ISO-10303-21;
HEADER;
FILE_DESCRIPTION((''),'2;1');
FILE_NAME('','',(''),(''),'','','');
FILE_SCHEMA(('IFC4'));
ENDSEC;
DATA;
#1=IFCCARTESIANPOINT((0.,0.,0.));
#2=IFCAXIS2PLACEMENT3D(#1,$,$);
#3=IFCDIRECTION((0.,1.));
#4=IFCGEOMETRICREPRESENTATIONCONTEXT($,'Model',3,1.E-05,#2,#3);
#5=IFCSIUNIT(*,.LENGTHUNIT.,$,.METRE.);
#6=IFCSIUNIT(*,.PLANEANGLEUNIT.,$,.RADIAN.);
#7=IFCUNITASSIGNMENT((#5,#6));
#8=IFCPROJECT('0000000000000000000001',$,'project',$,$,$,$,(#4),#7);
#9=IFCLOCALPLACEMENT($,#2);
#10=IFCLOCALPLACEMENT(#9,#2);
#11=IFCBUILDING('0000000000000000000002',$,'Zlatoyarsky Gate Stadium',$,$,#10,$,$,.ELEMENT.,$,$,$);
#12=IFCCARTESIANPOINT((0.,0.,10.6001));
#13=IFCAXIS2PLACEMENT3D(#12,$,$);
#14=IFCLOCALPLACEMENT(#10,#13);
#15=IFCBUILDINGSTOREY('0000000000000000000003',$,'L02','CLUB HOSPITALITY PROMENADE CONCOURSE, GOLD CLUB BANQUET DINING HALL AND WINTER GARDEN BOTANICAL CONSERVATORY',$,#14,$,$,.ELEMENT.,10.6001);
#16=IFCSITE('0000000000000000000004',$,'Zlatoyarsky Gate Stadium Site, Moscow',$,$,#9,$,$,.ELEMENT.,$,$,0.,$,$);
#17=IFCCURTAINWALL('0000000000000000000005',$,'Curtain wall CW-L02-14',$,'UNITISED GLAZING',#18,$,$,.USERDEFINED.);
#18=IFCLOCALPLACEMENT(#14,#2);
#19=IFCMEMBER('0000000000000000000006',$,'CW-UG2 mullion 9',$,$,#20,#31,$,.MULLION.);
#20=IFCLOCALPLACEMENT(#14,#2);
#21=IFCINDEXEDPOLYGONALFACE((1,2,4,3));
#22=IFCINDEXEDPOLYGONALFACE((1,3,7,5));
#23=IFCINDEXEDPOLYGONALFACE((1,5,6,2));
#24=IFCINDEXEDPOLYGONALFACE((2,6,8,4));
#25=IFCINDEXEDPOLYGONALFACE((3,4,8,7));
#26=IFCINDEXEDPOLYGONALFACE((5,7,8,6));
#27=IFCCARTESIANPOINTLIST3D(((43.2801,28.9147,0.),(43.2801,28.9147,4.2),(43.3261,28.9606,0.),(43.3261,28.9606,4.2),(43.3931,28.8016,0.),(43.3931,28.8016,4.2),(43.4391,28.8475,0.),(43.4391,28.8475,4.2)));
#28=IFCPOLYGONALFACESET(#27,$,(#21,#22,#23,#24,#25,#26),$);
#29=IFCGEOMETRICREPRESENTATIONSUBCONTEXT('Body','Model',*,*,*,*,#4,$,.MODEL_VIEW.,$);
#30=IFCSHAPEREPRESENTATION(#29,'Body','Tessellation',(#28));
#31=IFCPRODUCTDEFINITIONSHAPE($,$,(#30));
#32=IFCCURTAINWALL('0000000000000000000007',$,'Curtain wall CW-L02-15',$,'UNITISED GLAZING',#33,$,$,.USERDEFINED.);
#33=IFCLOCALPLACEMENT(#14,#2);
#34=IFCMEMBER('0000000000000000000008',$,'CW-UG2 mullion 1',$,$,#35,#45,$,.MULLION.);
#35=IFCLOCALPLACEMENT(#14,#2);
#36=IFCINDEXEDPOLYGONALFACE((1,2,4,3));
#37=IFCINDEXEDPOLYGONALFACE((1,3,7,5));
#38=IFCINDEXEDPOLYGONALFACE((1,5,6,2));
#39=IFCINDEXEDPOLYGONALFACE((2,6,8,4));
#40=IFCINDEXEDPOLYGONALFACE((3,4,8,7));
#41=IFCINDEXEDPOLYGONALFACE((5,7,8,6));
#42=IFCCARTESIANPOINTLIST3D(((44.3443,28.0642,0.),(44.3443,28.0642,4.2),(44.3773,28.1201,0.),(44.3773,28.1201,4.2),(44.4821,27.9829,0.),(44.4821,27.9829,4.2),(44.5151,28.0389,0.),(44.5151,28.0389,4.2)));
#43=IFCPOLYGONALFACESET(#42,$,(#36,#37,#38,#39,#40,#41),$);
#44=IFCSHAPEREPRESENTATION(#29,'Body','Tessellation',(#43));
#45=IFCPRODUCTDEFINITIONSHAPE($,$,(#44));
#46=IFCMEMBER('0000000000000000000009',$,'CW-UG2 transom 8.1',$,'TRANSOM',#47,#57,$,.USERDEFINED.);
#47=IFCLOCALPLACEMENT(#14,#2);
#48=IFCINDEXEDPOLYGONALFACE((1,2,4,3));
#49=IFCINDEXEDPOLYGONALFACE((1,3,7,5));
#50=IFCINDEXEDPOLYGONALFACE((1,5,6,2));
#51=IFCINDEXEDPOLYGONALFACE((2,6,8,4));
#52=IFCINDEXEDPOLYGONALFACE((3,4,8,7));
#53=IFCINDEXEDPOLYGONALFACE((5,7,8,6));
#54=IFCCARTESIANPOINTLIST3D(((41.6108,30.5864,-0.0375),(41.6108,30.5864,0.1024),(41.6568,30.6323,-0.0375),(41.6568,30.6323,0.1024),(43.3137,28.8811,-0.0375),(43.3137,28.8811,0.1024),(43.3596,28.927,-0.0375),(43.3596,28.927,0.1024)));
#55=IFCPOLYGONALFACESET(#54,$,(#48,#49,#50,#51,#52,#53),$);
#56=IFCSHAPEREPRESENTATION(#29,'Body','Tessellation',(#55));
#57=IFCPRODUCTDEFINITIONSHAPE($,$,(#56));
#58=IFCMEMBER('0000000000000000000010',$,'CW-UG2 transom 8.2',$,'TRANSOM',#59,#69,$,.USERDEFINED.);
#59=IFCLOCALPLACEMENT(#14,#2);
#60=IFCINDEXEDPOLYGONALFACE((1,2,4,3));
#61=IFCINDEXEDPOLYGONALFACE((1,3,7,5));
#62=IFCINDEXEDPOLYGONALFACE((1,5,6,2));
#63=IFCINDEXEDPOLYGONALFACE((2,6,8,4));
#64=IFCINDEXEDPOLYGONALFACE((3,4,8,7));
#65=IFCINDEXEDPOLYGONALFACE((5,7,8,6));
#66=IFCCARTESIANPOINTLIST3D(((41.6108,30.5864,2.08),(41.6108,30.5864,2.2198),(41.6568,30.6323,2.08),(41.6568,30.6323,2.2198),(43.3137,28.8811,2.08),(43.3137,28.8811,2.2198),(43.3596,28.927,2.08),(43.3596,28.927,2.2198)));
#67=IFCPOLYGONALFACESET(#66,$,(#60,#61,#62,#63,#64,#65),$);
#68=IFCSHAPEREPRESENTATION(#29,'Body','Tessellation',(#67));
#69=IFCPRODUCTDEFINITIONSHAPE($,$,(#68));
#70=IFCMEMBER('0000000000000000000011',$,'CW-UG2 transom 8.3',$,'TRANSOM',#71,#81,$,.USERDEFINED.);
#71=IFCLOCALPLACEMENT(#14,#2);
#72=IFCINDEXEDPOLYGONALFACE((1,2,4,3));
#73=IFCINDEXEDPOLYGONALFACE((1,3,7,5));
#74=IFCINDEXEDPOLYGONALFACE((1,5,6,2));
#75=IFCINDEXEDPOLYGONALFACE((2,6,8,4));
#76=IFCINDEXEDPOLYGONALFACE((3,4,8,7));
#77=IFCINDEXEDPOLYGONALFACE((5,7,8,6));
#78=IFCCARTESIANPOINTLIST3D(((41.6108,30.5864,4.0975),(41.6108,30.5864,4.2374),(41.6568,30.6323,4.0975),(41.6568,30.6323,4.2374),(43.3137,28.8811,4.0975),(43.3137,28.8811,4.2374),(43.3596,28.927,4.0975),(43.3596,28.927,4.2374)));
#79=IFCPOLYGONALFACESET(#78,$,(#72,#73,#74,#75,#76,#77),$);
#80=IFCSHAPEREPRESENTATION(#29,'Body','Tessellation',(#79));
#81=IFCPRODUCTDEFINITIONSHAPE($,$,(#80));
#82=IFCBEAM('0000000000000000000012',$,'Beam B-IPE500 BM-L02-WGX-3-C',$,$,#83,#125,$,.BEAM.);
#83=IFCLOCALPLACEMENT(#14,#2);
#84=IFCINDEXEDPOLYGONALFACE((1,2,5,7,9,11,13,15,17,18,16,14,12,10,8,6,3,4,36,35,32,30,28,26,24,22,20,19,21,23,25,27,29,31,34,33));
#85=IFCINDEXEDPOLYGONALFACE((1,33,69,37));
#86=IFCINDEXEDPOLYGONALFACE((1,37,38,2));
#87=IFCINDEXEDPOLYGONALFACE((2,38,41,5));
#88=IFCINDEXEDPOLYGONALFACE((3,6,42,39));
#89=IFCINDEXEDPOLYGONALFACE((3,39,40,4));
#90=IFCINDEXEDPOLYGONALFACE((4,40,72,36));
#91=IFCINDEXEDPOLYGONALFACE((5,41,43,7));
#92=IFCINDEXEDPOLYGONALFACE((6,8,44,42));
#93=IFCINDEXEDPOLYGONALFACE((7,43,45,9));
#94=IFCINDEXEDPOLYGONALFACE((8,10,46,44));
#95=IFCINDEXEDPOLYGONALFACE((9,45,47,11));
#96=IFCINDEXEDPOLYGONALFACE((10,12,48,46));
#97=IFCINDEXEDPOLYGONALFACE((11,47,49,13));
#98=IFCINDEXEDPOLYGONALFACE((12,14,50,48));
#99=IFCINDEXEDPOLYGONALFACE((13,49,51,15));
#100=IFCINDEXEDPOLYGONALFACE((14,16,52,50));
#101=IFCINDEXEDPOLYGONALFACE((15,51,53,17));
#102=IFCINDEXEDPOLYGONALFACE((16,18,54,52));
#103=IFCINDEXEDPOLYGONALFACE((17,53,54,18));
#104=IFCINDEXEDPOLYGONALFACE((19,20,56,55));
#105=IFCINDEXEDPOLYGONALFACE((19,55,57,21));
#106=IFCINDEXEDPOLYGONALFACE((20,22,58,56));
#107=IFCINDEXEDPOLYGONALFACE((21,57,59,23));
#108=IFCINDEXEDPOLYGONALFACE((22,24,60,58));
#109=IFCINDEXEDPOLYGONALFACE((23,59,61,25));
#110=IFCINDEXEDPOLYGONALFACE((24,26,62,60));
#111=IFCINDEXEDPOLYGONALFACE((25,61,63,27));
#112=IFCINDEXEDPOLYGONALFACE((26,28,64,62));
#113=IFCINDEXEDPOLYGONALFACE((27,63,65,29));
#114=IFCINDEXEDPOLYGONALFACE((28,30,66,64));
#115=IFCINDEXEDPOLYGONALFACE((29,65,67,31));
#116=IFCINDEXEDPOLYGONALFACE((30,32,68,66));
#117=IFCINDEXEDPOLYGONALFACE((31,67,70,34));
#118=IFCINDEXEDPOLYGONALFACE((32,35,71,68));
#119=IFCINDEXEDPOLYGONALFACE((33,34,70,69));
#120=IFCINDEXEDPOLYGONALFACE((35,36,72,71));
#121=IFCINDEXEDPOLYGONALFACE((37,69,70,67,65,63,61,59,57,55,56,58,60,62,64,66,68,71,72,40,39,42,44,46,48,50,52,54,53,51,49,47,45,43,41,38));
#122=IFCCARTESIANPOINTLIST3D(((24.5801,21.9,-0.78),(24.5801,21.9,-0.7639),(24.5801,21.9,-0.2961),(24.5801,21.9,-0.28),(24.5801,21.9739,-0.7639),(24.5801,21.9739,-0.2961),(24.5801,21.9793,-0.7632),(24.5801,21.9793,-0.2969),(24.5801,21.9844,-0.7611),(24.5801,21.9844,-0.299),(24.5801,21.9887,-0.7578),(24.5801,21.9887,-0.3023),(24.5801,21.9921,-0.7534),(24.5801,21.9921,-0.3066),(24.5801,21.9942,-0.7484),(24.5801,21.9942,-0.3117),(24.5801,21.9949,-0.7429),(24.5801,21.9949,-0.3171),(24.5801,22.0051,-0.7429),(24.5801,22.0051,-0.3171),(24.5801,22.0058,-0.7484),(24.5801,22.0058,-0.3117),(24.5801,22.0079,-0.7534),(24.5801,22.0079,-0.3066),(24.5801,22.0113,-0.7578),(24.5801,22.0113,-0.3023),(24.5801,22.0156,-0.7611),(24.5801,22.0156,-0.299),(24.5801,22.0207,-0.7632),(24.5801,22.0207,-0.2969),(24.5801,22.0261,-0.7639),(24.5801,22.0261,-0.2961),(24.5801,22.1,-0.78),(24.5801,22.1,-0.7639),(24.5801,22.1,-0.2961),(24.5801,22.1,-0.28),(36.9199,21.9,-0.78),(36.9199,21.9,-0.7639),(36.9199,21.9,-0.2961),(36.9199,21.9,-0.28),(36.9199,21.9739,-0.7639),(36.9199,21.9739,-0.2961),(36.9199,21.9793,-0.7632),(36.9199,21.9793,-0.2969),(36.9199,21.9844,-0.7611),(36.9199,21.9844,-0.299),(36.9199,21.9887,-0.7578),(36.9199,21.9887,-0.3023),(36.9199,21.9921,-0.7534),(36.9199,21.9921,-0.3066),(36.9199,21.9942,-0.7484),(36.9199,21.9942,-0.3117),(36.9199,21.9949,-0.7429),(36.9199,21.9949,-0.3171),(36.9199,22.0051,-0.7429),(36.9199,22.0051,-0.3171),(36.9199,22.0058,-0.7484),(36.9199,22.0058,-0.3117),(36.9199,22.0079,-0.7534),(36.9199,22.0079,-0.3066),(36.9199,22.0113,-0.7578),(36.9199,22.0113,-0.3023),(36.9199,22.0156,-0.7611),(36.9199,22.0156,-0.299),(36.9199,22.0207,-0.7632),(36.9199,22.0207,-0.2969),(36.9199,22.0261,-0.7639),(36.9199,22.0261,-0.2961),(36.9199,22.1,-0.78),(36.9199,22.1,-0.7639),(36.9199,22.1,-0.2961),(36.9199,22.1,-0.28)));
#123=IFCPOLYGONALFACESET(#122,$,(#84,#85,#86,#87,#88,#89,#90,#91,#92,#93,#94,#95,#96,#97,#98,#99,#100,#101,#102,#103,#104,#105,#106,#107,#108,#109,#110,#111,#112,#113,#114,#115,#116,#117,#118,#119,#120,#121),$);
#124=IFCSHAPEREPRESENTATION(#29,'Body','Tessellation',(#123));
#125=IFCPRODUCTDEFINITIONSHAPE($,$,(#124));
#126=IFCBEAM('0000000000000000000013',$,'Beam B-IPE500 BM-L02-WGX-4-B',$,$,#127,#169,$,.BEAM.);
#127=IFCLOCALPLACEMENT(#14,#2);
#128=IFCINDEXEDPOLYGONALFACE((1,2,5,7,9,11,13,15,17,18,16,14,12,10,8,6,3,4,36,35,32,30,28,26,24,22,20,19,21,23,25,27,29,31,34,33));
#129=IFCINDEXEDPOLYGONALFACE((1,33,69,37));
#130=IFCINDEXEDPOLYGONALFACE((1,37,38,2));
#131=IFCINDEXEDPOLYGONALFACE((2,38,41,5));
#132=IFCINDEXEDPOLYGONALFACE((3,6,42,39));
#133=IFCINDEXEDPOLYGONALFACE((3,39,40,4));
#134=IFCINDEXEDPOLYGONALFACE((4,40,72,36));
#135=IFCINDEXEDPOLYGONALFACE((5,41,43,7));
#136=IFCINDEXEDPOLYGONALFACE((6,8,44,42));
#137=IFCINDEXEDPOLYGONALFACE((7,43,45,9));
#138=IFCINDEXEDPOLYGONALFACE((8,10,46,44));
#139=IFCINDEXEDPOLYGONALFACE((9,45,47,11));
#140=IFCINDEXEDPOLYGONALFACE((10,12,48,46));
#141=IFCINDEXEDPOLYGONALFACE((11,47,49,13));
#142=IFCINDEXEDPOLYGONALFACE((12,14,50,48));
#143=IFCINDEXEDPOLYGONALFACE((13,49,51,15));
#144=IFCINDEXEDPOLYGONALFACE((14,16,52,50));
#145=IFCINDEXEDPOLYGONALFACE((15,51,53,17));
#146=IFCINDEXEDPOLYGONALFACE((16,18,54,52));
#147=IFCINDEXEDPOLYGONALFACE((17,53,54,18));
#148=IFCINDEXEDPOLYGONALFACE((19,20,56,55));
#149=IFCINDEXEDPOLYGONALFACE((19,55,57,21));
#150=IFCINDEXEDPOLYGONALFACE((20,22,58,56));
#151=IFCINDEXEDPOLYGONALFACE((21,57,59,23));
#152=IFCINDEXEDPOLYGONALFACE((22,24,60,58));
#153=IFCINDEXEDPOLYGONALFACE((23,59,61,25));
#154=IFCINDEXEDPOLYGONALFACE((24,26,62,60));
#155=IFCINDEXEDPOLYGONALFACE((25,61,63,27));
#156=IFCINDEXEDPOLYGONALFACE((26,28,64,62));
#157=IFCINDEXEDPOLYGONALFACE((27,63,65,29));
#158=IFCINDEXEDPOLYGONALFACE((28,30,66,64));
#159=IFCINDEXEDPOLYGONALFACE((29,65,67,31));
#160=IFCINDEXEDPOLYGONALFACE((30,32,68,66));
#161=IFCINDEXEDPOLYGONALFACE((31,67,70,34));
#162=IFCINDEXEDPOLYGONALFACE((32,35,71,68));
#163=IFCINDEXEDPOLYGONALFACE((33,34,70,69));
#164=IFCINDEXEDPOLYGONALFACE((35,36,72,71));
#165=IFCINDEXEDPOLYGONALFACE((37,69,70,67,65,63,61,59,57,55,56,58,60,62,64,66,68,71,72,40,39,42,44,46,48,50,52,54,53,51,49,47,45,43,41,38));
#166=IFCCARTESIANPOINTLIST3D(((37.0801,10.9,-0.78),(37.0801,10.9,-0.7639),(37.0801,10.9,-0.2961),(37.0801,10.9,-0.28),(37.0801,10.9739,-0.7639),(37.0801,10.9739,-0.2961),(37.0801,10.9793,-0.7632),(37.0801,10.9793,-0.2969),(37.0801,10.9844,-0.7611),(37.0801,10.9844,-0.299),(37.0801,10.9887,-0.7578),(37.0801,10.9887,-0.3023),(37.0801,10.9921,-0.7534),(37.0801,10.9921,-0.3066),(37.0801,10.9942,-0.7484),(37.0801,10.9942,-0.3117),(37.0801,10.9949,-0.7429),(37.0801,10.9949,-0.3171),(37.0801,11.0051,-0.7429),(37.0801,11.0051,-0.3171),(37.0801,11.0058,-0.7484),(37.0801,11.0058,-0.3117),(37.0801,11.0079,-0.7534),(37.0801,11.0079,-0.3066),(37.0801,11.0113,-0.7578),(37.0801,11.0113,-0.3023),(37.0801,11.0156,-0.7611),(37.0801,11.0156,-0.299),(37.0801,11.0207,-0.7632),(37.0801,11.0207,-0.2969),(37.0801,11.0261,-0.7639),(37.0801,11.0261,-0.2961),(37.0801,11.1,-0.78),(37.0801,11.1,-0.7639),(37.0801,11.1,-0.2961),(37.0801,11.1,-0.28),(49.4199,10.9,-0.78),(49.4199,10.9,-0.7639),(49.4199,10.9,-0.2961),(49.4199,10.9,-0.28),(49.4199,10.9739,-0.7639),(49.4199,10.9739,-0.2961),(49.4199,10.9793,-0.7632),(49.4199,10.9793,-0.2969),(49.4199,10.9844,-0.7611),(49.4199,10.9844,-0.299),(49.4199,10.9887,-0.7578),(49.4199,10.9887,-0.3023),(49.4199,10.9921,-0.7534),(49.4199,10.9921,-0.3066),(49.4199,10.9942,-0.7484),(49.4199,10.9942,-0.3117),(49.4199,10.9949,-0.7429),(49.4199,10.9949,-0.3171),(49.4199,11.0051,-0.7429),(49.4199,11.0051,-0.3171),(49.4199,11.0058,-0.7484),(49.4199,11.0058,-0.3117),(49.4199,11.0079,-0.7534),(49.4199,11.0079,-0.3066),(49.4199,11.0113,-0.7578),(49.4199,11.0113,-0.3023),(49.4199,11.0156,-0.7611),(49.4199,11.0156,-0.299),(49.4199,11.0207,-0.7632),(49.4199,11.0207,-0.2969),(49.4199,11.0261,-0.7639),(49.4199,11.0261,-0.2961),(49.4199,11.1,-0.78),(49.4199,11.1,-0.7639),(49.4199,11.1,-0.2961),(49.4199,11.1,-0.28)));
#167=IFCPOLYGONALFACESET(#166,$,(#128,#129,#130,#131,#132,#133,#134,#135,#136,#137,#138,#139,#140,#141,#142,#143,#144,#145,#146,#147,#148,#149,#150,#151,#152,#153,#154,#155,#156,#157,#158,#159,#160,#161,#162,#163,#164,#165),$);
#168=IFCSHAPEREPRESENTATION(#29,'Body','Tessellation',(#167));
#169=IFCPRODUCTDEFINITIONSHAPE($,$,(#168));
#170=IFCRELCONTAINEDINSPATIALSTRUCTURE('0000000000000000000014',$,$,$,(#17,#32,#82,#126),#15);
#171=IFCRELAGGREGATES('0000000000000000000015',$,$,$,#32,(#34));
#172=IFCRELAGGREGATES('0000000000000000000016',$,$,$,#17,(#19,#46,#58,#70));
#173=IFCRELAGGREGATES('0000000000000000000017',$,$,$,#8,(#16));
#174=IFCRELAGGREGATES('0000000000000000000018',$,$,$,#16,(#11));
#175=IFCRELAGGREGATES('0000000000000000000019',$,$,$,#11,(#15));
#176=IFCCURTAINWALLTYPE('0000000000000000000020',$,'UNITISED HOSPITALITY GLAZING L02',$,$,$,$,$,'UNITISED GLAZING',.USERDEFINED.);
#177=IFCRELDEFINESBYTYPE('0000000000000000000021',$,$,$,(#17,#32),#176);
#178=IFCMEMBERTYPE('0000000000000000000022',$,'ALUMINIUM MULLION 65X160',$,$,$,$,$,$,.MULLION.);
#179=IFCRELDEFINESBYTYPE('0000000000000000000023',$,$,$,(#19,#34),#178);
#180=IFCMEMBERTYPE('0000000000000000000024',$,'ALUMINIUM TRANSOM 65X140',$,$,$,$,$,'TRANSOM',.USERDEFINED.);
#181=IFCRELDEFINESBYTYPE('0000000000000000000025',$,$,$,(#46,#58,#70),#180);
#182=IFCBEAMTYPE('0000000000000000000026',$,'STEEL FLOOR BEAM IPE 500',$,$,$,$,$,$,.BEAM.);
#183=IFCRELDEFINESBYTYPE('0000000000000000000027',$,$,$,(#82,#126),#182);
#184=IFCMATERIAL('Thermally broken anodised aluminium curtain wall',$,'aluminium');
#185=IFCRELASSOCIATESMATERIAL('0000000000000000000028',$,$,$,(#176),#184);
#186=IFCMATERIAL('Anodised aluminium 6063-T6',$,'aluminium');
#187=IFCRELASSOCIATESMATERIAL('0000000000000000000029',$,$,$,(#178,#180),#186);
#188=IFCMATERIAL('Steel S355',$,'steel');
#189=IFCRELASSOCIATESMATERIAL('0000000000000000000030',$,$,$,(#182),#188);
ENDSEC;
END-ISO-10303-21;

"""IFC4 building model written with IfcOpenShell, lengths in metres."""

from ifc_helpers import new_model, si_unit, direction, frame, origin, origin_2d, place, context, subcontext, project, spatial, rectangle, i_section, extrude, material, material_profile, profile_set, type_object, element, aggregate, save


model = new_model("IFC4")

# Units and contexts
model_context = context("Model", 3, precision=1e-05, world=origin(), true_north=direction((0.0, 1.0)))
body_context = subcontext(model_context, "Body", "Model", "MODEL_VIEW")
ifc_project = project(units=[si_unit("LENGTHUNIT", "METRE"), si_unit("PLANEANGLEUNIT", "RADIAN")], contexts=[model_context])

# Site, building, storey
site_placement = place(None, origin())
site = spatial("IfcSite", under=ifc_project, at=site_placement, Name="Zlatoyarsky Gate Stadium Site, Moscow", CompositionType="ELEMENT", RefElevation=0.0)
building_placement = place(site_placement, origin())
building = spatial("IfcBuilding", under=site, at=building_placement, Name="Zlatoyarsky Gate Stadium", CompositionType="ELEMENT")
storey_placement = place(building_placement, frame((0.0, 0.0, 10.6001)))
storey = spatial("IfcBuildingStorey", under=building, at=storey_placement, Name="L02", Description="CLUB HOSPITALITY PROMENADE CONCOURSE, GOLD CLUB BANQUET DINING HALL AND WINTER GARDEN BOTANICAL CONSERVATORY", CompositionType="ELEMENT", Elevation=10.6001)

# Curtain walls, members
ifc_material_1 = material(Name="Thermally broken anodised aluminium curtain wall", Category="aluminium")
curtain_wall_type = type_object("IfcCurtainWallType", Name="UNITISED HOSPITALITY GLAZING L02", ElementType="UNITISED GLAZING", PredefinedType="USERDEFINED", material=ifc_material_1)
curtain_wall_1_placement = place(storey_placement, origin())
curtain_wall_1 = element("IfcCurtainWall", 1, at=curtain_wall_1_placement, inside=storey, type_object=curtain_wall_type, Name="Curtain wall CW-L02-14", ObjectType="UNITISED GLAZING", PredefinedType="USERDEFINED")
ifc_material_2 = material(Name="Anodised aluminium 6063-T6", Category="aluminium")
ifc_material_profile_1 = material_profile(ifc_material_2, rectangle(XDim=0.0649, YDim=0.1599, at=origin_2d()), Name="ALU 65X160")
ifc_profile_set_1 = profile_set([ifc_material_profile_1], Name="Anodised aluminium 6063-T6")
member_type_1 = type_object("IfcMemberType", Name="ALUMINIUM MULLION 65X160", PredefinedType="MULLION", material=ifc_profile_set_1)
member_1_placement = place(storey_placement, frame((43.3596, 28.8811, 0.0), z_axis=(0.0, 0.0, 1.0), x_axis=(0.707588, 0.706626, 0.0)))
member_1 = element("IfcMember", 2, at=member_1_placement, type_object=member_type_1, Name="CW-UG2 mullion 9", PredefinedType="MULLION", context=body_context, shape_type="SweptSolid", body=[
    extrude(rectangle(XDim=0.0649, YDim=0.1599, at=origin_2d()), origin(), (0.0, 0.0, 1.0), 4.2),
])
curtain_wall_2_placement = place(storey_placement, origin())
curtain_wall_2 = element("IfcCurtainWall", 3, at=curtain_wall_2_placement, inside=storey, type_object=curtain_wall_type, Name="Curtain wall CW-L02-15", ObjectType="UNITISED GLAZING", PredefinedType="USERDEFINED")
member_2_placement = place(storey_placement, frame((44.4297, 28.0515, 0.0), z_axis=(0.0, 0.0, 1.0), x_axis=(0.507884, 0.861425, 0.0)))
member_2 = element("IfcMember", 4, at=member_2_placement, type_object=member_type_1, Name="CW-UG2 mullion 1", PredefinedType="MULLION", context=body_context, shape_type="SweptSolid", body=[
    extrude(rectangle(XDim=0.0649, YDim=0.1599, at=origin_2d()), origin(), (0.0, 0.0, 1.0), 4.2),
])
aggregate(curtain_wall_2, [member_2])

# Members
ifc_material_profile_2 = material_profile(ifc_material_2, rectangle(XDim=0.0649, YDim=0.1399, at=origin_2d()), Name="ALU 65X140")
ifc_profile_set_2 = profile_set([ifc_material_profile_2], Name="Anodised aluminium 6063-T6")
member_type_2 = type_object("IfcMemberType", Name="ALUMINIUM TRANSOM 65X140", ElementType="TRANSOM", PredefinedType="USERDEFINED", material=ifc_profile_set_2)
member_3_placement = place(storey_placement, frame((41.6338, 30.6094, 0.0325), z_axis=(0.7066, -0.707613, 0.0), x_axis=(0.707613, 0.7066, 0.0)))
member_3 = element("IfcMember", 5, at=member_3_placement, type_object=member_type_2, Name="CW-UG2 transom 8.1", ObjectType="TRANSOM", PredefinedType="USERDEFINED", context=body_context, shape_type="SweptSolid", body=[
    extrude(rectangle(XDim=0.0649, YDim=0.1399, at=origin_2d()), origin(), (0.0, 0.0, 1.0), 2.4099),
])
member_4_placement = place(storey_placement, frame((41.6338, 30.6094, 2.1499), z_axis=(0.7066, -0.707613, 0.0), x_axis=(0.707613, 0.7066, 0.0)))
member_4 = element("IfcMember", 6, at=member_4_placement, type_object=member_type_2, Name="CW-UG2 transom 8.2", ObjectType="TRANSOM", PredefinedType="USERDEFINED", context=body_context, shape_type="SweptSolid", body=[
    extrude(rectangle(XDim=0.0649, YDim=0.1399, at=origin_2d()), origin(), (0.0, 0.0, 1.0), 2.4099),
])
member_5_placement = place(storey_placement, frame((41.6338, 30.6094, 4.1675), z_axis=(0.7066, -0.707613, 0.0), x_axis=(0.707613, 0.7066, 0.0)))
member_5 = element("IfcMember", 7, at=member_5_placement, type_object=member_type_2, Name="CW-UG2 transom 8.3", ObjectType="TRANSOM", PredefinedType="USERDEFINED", context=body_context, shape_type="SweptSolid", body=[
    extrude(rectangle(XDim=0.0649, YDim=0.1399, at=origin_2d()), origin(), (0.0, 0.0, 1.0), 2.4099),
])

# Beams
ifc_material_3 = material(Name="Steel S355", Category="steel")
ifc_material_profile_3 = material_profile(ifc_material_3, i_section(OverallWidth=0.2, OverallDepth=0.5, WebThickness=0.0103, FlangeThickness=0.0161, FilletRadius=0.021, at=origin_2d()), Name="IPE 500")
ifc_profile_set_3 = profile_set([ifc_material_profile_3], Name="Steel S355")
beam_type_1 = type_object("IfcBeamType", Name="STEEL FLOOR BEAM IPE 500", PredefinedType="BEAM", material=ifc_profile_set_3)
for number, where, z_axis, x_axis, name in (
    (8, (24.5801, 22.0, -0.53), (1.0, 0.0, 0.0), (0.0, 1.0, 0.0), "Beam B-IPE500 BM-L02-WGX-3-C"),
    (9, (37.0801, 11.0, -0.53), (1.0, 0.0, 0.0), (0.0, 1.0, 0.0), "Beam B-IPE500 BM-L02-WGX-4-B"),
):
    element("IfcBeam", number, at=place(storey_placement, frame(where, z_axis=z_axis, x_axis=x_axis)), inside=storey, type_object=beam_type_1, Name=name, PredefinedType="BEAM", context=body_context, shape_type="SweptSolid", body=[
        extrude(i_section(OverallWidth=0.2, OverallDepth=0.5, WebThickness=0.0103, FlangeThickness=0.0161, FilletRadius=0.021, at=origin_2d()), origin(), (0.0, 0.0, 1.0), 12.3398),
    ])

aggregate(curtain_wall_1, [member_1, member_3, member_4, member_5])

save(model, "model.ifc")
